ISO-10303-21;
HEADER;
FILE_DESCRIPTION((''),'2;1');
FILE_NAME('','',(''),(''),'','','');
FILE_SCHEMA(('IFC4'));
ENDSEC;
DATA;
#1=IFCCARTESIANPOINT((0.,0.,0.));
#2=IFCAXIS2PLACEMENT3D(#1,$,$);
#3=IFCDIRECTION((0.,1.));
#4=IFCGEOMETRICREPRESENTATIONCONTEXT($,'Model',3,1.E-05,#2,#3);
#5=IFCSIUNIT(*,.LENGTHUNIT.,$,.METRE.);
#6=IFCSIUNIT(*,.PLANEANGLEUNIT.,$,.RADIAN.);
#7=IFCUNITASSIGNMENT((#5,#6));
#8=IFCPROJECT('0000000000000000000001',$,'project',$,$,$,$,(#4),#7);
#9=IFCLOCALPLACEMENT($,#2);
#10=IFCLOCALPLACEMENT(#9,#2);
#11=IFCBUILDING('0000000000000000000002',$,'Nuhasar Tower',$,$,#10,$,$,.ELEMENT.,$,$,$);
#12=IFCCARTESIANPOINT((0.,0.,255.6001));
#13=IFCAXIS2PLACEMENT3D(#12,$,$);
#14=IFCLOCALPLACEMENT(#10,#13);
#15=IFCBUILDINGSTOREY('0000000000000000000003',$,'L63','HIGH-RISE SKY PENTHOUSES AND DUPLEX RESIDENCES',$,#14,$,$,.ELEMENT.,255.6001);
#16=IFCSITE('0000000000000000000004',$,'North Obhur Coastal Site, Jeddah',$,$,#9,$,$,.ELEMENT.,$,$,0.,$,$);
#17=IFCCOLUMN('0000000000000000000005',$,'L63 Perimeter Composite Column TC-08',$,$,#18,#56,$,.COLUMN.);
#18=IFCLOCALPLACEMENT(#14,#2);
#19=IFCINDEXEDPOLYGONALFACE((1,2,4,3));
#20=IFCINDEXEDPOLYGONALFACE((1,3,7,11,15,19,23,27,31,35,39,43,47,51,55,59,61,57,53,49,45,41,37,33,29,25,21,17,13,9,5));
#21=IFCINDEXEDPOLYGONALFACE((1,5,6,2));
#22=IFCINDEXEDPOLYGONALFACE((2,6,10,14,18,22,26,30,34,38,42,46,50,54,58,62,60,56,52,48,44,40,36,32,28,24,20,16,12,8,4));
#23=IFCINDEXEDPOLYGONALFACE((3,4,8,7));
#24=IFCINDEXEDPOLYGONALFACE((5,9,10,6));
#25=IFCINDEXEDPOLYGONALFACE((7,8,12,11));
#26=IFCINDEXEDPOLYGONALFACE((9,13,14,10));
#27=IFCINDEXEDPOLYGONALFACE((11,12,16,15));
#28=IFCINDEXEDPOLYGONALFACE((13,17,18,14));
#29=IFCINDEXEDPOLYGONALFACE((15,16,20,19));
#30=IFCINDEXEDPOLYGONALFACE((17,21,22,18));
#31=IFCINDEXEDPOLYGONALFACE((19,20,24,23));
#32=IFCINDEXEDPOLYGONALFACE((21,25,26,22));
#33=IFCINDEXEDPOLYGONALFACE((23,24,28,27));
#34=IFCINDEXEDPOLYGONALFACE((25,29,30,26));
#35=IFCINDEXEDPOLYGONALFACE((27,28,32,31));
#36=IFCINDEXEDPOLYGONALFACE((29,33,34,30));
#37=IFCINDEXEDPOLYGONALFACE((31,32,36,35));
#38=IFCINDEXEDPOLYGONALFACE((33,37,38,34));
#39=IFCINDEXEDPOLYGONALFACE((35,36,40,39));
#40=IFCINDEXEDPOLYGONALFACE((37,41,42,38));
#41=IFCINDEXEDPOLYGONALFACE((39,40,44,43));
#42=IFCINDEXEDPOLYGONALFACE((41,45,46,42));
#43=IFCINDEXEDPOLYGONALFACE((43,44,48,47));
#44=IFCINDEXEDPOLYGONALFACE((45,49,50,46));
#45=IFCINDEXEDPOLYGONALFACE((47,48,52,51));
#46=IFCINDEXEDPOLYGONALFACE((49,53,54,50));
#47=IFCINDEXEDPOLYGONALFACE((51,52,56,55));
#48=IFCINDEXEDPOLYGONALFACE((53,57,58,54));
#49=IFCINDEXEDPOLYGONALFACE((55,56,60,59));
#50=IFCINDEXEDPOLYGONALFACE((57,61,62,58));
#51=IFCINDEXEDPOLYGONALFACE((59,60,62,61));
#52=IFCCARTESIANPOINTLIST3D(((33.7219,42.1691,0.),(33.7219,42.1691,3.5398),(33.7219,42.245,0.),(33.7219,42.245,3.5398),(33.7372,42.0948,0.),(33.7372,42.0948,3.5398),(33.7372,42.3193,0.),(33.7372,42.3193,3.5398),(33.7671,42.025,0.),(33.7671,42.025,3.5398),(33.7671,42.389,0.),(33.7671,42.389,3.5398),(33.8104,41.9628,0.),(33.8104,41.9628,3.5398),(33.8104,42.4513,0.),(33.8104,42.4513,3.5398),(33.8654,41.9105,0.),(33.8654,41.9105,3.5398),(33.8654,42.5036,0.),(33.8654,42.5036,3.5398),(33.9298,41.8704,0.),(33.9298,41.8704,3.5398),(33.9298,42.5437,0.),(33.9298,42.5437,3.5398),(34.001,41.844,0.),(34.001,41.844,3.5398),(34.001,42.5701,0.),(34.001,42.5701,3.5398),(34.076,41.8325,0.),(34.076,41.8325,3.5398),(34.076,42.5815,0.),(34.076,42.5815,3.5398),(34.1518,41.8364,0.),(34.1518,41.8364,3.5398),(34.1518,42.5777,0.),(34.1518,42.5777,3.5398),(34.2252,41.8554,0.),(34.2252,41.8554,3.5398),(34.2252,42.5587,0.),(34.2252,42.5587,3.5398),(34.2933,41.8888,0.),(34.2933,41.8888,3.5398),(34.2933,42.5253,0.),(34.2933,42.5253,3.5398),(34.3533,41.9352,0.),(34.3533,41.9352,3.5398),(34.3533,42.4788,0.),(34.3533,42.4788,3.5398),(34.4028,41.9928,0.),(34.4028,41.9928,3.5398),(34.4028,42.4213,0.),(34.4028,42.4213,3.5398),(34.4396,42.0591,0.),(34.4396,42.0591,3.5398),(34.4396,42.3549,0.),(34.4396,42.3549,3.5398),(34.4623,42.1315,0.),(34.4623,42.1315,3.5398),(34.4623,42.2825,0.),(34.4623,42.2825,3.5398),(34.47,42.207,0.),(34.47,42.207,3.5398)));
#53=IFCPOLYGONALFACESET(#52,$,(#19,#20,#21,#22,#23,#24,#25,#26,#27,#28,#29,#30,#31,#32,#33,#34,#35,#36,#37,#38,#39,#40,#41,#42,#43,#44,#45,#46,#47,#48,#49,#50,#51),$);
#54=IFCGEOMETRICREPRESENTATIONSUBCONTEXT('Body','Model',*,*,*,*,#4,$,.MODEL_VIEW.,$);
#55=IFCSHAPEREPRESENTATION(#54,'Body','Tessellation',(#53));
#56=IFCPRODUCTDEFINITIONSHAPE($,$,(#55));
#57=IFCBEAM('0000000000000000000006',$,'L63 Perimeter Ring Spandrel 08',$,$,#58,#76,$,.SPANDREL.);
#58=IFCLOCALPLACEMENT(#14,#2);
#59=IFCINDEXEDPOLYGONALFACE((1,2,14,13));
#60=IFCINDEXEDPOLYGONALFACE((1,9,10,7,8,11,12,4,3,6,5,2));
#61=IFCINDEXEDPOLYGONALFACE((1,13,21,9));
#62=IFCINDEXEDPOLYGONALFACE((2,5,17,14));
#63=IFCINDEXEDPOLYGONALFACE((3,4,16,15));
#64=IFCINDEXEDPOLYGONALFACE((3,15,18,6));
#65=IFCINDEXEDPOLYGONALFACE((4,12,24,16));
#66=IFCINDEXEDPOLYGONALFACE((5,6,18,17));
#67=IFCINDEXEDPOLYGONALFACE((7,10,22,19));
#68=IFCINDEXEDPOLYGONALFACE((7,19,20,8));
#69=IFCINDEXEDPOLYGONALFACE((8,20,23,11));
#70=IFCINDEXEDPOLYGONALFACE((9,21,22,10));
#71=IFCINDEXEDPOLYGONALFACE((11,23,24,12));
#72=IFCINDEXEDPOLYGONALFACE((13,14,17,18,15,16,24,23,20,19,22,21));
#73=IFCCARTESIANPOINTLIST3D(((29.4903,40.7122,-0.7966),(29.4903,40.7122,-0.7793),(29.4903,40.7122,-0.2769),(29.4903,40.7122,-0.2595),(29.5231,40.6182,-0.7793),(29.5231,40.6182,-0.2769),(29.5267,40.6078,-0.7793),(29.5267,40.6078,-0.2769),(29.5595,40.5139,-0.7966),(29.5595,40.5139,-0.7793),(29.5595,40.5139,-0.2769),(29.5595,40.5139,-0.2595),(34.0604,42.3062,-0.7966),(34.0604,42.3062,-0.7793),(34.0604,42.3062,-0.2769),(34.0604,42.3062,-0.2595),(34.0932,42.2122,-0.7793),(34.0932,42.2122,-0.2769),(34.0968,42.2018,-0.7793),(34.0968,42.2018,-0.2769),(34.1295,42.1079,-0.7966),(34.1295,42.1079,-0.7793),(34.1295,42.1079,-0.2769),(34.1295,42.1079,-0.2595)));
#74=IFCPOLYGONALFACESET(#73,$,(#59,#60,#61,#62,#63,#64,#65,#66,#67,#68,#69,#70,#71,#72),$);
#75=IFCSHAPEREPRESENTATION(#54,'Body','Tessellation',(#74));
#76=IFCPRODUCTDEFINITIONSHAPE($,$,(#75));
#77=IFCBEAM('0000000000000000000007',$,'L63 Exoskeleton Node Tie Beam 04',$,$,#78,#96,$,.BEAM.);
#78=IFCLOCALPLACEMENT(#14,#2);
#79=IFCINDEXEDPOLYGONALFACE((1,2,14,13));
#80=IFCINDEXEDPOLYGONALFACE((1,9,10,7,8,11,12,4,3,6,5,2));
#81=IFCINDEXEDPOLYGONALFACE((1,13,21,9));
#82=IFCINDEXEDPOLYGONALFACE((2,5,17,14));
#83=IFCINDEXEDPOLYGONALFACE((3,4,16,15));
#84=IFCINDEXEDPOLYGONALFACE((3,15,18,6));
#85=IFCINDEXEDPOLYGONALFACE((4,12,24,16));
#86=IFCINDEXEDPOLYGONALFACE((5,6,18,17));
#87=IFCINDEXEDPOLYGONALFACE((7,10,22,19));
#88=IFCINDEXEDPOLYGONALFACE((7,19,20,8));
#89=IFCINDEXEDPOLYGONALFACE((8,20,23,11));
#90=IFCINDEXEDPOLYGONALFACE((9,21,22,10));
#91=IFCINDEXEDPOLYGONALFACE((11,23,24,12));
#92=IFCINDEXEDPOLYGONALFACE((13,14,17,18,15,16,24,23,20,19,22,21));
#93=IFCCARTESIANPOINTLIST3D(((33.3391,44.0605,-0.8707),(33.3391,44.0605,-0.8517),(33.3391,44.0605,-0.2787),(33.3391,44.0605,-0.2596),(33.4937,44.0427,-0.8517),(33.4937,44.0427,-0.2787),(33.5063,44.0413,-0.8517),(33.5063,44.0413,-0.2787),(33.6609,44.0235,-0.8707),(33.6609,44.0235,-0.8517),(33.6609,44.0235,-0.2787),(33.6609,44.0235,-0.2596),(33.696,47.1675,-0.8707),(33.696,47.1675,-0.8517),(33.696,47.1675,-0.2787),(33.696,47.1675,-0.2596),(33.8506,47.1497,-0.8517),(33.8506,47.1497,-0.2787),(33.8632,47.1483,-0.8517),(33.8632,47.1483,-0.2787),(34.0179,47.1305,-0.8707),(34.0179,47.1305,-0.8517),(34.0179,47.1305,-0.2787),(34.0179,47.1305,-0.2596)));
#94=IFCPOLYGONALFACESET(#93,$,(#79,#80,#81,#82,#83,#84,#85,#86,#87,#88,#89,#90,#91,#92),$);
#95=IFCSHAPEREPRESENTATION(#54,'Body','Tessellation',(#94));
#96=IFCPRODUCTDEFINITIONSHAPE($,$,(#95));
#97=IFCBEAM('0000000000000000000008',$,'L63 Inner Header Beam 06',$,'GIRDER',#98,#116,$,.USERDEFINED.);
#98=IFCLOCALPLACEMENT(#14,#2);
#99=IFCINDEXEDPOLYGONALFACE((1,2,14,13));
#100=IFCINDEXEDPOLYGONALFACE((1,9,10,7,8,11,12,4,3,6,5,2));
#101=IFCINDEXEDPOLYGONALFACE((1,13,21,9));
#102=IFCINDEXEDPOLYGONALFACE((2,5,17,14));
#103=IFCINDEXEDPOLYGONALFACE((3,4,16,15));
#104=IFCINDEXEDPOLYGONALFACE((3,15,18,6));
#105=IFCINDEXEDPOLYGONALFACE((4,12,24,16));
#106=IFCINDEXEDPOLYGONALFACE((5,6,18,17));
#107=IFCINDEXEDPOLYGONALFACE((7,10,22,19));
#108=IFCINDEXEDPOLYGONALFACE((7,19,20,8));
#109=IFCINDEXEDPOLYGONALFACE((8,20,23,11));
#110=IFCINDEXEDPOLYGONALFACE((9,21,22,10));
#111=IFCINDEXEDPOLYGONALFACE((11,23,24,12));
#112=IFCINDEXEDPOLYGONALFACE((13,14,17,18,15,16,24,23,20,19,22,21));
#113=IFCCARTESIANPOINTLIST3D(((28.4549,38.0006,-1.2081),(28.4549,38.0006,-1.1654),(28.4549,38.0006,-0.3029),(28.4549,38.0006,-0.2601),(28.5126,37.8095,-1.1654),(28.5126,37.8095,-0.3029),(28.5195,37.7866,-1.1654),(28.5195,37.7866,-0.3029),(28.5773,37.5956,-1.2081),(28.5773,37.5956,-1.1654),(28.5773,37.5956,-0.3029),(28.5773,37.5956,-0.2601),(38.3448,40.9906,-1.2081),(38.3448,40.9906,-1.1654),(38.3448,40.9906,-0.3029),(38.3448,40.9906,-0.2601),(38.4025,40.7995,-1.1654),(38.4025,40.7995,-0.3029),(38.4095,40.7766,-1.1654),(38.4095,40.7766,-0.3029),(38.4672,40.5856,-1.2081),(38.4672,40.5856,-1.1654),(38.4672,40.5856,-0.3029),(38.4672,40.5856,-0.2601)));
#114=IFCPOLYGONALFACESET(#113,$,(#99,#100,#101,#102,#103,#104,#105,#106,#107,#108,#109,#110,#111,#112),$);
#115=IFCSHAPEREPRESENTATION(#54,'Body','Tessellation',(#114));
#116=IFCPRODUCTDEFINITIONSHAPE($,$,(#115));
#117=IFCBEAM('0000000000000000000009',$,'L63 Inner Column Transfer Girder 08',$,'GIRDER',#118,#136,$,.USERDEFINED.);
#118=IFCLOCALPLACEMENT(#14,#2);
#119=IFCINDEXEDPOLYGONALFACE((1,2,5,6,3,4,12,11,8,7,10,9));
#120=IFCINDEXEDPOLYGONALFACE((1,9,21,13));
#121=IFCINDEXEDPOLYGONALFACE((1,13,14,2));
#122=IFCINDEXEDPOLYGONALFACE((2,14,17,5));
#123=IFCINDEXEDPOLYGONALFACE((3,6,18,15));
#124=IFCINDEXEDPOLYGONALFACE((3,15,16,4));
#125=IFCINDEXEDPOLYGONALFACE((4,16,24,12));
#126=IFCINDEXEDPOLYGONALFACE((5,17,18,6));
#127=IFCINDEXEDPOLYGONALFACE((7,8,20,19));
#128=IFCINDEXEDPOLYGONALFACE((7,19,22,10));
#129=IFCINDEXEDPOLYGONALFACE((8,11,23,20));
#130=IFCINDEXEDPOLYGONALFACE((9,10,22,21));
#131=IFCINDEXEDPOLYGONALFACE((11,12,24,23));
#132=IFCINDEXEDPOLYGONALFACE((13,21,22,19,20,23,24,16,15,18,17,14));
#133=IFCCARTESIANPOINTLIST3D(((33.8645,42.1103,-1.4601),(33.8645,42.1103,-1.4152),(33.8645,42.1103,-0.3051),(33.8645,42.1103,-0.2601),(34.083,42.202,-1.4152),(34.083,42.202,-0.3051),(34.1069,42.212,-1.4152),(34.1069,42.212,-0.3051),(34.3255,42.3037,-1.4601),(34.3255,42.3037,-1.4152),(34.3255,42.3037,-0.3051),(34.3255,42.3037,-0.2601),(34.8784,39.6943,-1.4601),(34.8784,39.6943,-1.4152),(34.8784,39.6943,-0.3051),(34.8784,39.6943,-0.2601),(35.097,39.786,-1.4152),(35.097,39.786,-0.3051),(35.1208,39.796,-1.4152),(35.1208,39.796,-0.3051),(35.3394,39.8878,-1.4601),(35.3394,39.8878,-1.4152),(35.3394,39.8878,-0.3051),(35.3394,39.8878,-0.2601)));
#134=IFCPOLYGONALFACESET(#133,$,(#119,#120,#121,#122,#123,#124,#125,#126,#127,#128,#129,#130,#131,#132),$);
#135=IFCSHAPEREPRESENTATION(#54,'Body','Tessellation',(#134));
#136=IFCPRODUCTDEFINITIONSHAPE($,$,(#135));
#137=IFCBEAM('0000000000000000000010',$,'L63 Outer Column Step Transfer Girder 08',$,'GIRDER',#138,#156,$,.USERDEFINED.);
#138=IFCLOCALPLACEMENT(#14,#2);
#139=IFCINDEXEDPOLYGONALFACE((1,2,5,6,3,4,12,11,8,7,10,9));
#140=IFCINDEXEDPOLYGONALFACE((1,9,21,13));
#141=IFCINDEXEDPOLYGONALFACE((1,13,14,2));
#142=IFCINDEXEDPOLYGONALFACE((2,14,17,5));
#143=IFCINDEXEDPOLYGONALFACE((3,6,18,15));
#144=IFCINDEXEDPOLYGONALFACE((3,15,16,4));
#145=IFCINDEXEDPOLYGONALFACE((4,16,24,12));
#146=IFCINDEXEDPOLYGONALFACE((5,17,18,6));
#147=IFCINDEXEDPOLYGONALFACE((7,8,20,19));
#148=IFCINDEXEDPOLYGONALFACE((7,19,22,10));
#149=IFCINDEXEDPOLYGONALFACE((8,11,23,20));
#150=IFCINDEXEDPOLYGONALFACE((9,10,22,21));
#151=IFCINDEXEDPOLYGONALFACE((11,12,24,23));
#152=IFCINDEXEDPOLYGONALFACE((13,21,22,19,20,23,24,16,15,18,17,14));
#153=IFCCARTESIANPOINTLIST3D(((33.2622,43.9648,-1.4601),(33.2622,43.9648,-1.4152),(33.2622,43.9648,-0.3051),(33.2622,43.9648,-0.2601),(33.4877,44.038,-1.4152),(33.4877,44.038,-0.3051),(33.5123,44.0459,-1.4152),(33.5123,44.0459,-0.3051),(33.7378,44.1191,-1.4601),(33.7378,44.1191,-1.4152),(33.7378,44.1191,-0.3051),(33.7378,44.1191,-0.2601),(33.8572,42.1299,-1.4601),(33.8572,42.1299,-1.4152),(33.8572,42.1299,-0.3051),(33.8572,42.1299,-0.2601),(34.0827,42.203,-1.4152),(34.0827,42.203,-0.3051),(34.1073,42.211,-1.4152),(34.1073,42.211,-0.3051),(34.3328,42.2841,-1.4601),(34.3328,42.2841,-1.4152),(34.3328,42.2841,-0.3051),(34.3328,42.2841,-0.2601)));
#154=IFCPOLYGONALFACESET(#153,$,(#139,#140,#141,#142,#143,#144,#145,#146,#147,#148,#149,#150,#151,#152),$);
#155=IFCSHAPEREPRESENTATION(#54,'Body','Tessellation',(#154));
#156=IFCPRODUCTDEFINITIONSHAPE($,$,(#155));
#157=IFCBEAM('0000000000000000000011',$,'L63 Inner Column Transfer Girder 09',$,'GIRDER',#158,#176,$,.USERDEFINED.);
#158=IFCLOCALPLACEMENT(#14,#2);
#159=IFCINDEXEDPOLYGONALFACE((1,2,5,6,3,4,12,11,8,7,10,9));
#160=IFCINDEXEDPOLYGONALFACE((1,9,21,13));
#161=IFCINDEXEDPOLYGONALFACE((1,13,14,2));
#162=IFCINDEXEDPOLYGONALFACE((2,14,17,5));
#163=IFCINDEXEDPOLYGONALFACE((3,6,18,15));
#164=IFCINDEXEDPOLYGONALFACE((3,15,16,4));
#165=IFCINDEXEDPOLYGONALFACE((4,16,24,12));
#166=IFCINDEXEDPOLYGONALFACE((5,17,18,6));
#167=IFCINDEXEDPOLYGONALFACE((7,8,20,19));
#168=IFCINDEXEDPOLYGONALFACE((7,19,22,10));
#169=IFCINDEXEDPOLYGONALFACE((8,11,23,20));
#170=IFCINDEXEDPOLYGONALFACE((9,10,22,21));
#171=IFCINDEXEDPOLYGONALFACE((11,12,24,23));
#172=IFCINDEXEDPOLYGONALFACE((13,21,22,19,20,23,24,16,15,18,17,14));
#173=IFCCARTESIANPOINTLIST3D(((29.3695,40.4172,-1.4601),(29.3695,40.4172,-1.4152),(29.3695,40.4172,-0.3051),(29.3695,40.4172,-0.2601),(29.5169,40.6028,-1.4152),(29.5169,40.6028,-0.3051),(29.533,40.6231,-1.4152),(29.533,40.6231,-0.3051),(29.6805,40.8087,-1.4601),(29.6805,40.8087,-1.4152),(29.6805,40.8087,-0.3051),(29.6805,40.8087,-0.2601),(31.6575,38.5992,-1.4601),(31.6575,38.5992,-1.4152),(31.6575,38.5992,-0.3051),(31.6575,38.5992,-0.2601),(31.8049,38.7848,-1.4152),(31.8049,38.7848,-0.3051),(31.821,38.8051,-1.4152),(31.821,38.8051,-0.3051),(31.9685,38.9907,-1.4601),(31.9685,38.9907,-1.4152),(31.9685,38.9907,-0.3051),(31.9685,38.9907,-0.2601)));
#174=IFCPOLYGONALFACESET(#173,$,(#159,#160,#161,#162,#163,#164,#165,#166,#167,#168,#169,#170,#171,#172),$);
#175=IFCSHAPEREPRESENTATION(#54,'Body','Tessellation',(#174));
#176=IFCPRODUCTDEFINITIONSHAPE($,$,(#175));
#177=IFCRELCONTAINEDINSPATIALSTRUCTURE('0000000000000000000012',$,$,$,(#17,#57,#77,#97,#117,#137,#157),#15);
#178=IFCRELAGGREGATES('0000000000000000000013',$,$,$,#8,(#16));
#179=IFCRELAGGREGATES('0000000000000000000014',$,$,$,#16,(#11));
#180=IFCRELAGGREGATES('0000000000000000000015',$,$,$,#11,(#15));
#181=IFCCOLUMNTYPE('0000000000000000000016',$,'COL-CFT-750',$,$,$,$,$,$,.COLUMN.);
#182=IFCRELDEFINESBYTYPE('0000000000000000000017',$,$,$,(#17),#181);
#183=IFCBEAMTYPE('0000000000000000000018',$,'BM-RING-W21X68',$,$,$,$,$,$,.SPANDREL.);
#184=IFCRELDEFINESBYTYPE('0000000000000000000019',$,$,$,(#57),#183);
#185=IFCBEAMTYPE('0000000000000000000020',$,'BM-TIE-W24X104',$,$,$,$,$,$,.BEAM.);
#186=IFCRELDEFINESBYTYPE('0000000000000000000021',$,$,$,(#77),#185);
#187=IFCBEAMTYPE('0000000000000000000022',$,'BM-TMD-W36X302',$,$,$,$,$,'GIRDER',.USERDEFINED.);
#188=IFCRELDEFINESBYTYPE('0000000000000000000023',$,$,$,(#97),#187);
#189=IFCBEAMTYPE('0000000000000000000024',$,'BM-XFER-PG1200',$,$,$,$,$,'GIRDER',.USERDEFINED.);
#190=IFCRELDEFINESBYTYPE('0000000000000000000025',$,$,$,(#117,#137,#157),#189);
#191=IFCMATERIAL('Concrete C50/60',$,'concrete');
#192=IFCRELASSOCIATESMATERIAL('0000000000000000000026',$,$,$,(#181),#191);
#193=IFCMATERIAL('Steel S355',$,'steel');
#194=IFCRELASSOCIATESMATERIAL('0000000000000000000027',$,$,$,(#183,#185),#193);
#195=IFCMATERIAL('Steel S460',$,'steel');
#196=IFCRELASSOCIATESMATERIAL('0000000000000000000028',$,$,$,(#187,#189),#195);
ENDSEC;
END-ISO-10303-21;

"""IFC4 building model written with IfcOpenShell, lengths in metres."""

from ifc_helpers import new_model, si_unit, direction, frame, origin, origin_2d, place, context, subcontext, project, spatial, circle, i_section, extrude, material, material_profile, profile_set, type_object, element, save


model = new_model("IFC4")

# Units and contexts
model_context = context("Model", 3, precision=1e-05, world=origin(), true_north=direction((0.0, 1.0)))
body_context = subcontext(model_context, "Body", "Model", "MODEL_VIEW")
ifc_project = project(units=[si_unit("LENGTHUNIT", "METRE"), si_unit("PLANEANGLEUNIT", "RADIAN")], contexts=[model_context])

# Site, building, storey
site_placement = place(None, origin())
site = spatial("IfcSite", under=ifc_project, at=site_placement, Name="North Obhur Coastal Site, Jeddah", CompositionType="ELEMENT", RefElevation=0.0)
building_placement = place(site_placement, origin())
building = spatial("IfcBuilding", under=site, at=building_placement, Name="Nuhasar Tower", CompositionType="ELEMENT")
storey_placement = place(building_placement, frame((0.0, 0.0, 255.6001)))
storey = spatial("IfcBuildingStorey", under=building, at=storey_placement, Name="L63", Description="HIGH-RISE SKY PENTHOUSES AND DUPLEX RESIDENCES", CompositionType="ELEMENT", Elevation=255.6001)

# Column
ifc_material_1 = material(Name="Concrete C50/60", Category="concrete")
ifc_material_profile_1 = material_profile(ifc_material_1, circle(Radius=0.375, at=origin_2d()), Name="CFT750")
ifc_profile_set_1 = profile_set([ifc_material_profile_1], Name="Concrete C50/60")
column_type = type_object("IfcColumnType", Name="COL-CFT-750", PredefinedType="COLUMN", material=ifc_profile_set_1)
column_placement = place(storey_placement, frame((34.095, 42.207, 0.0), z_axis=(0.0, 0.0, 1.0), x_axis=(1.0, 0.0, 0.0)))
element("IfcColumn", 1, at=column_placement, inside=storey, type_object=column_type, Name="L63 Perimeter Composite Column TC-08", PredefinedType="COLUMN", context=body_context, shape_type="SweptSolid", body=[
    extrude(circle(Radius=0.375, at=origin_2d()), origin(), (0.0, 0.0, 1.0), 3.5398),
])

# Beams
ifc_material_2 = material(Name="Steel S355", Category="steel")
ifc_material_profile_2 = material_profile(ifc_material_2, i_section(OverallWidth=0.21, OverallDepth=0.5371, WebThickness=0.011, FlangeThickness=0.0173, at=origin_2d()), Name="W21X68")
ifc_profile_set_2 = profile_set([ifc_material_profile_2], Name="Steel S355")
beam_type_1 = type_object("IfcBeamType", Name="BM-RING-W21X68", PredefinedType="SPANDREL", material=ifc_profile_set_2)
beam_1_placement = place(storey_placement, frame((34.095, 42.207, -0.5281), z_axis=(-0.944214, -0.329332, 0.0), x_axis=(0.329332, -0.944214, 0.0)))
element("IfcBeam", 2, at=beam_1_placement, inside=storey, type_object=beam_type_1, Name="L63 Perimeter Ring Spandrel 08", PredefinedType="SPANDREL", context=body_context, shape_type="SweptSolid", body=[
    extrude(i_section(OverallWidth=0.21, OverallDepth=0.5371, WebThickness=0.011, FlangeThickness=0.0173, at=origin_2d()), origin(), (0.0, 0.0, 1.0), 4.8401),
])
ifc_material_profile_3 = material_profile(ifc_material_2, i_section(OverallWidth=0.324, OverallDepth=0.6111, WebThickness=0.0127, FlangeThickness=0.019, at=origin_2d()), Name="W24X104")
ifc_profile_set_3 = profile_set([ifc_material_profile_3], Name="Steel S355")
beam_type_2 = type_object("IfcBeamType", Name="BM-TIE-W24X104", PredefinedType="BEAM", material=ifc_profile_set_3)
beam_2_placement = place(storey_placement, frame((33.5, 44.042, -0.5652), z_axis=(0.114132, 0.993466, 0.0), x_axis=(-0.993466, 0.114132, 0.0)))
element("IfcBeam", 3, at=beam_2_placement, inside=storey, type_object=beam_type_2, Name="L63 Exoskeleton Node Tie Beam 04", PredefinedType="BEAM", context=body_context, shape_type="SweptSolid", body=[
    extrude(i_section(OverallWidth=0.324, OverallDepth=0.6111, WebThickness=0.0127, FlangeThickness=0.019, at=origin_2d()), origin(), (0.0, 0.0, 1.0), 3.1274),
])
ifc_material_3 = material(Name="Steel S460", Category="steel")
ifc_material_profile_4 = material_profile(ifc_material_3, i_section(OverallWidth=0.4231, OverallDepth=0.948, WebThickness=0.0239, FlangeThickness=0.0427, at=origin_2d()), Name="W36X302")
ifc_profile_set_4 = profile_set([ifc_material_profile_4], Name="Steel S460")
beam_type_3 = type_object("IfcBeamType", Name="BM-TMD-W36X302", ElementType="GIRDER", PredefinedType="USERDEFINED", material=ifc_profile_set_4)
beam_3_placement = place(storey_placement, frame((38.406, 40.7881, -0.7341), z_axis=(-0.957211, -0.289392, 0.0), x_axis=(0.289392, -0.957211, 0.0)))
element("IfcBeam", 4, at=beam_3_placement, inside=storey, type_object=beam_type_3, Name="L63 Inner Header Beam 06", ObjectType="GIRDER", PredefinedType="USERDEFINED", context=body_context, shape_type="SweptSolid", body=[
    extrude(i_section(OverallWidth=0.4231, OverallDepth=0.948, WebThickness=0.0239, FlangeThickness=0.0427, at=origin_2d()), origin(), (0.0, 0.0, 1.0), 10.332),
])
ifc_material_profile_5 = material_profile(ifc_material_3, i_section(OverallWidth=0.5, OverallDepth=1.2, WebThickness=0.0259, FlangeThickness=0.0449, at=origin_2d()), Name="PG1200X500")
ifc_profile_set_5 = profile_set([ifc_material_profile_5], Name="Steel S460")
beam_type_4 = type_object("IfcBeamType", Name="BM-XFER-PG1200", ElementType="GIRDER", PredefinedType="USERDEFINED", material=ifc_profile_set_5)
beam_4_placement = place(storey_placement, frame((35.1089, 39.791, -0.8601), z_axis=(-0.38697, 0.922093, 0.0), x_axis=(-0.922093, -0.38697, 0.0)))
element("IfcBeam", 5, at=beam_4_placement, inside=storey, type_object=beam_type_4, Name="L63 Inner Column Transfer Girder 08", ObjectType="GIRDER", PredefinedType="USERDEFINED", context=body_context, shape_type="SweptSolid", body=[
    extrude(i_section(OverallWidth=0.5, OverallDepth=1.2, WebThickness=0.0259, FlangeThickness=0.0449, at=origin_2d()), origin(), (0.0, 0.0, 1.0), 2.6201),
])
beam_5_placement = place(storey_placement, frame((34.095, 42.207, -0.8601), z_axis=(-0.308434, 0.951246, 0.0), x_axis=(-0.951246, -0.308434, 0.0)))
element("IfcBeam", 6, at=beam_5_placement, inside=storey, type_object=beam_type_4, Name="L63 Outer Column Step Transfer Girder 08", ObjectType="GIRDER", PredefinedType="USERDEFINED", context=body_context, shape_type="SweptSolid", body=[
    extrude(i_section(OverallWidth=0.5, OverallDepth=1.2, WebThickness=0.0259, FlangeThickness=0.0449, at=origin_2d()), origin(), (0.0, 0.0, 1.0), 1.929),
])
beam_6_placement = place(storey_placement, frame((31.813, 38.7949, -0.8601), z_axis=(-0.782927, 0.622114, 0.0), x_axis=(-0.622114, -0.782927, 0.0)))
element("IfcBeam", 7, at=beam_6_placement, inside=storey, type_object=beam_type_4, Name="L63 Inner Column Transfer Girder 09", ObjectType="GIRDER", PredefinedType="USERDEFINED", context=body_context, shape_type="SweptSolid", body=[
    extrude(i_section(OverallWidth=0.5, OverallDepth=1.2, WebThickness=0.0259, FlangeThickness=0.0449, at=origin_2d()), origin(), (0.0, 0.0, 1.0), 2.9224),
])

save(model, "model.ifc")
